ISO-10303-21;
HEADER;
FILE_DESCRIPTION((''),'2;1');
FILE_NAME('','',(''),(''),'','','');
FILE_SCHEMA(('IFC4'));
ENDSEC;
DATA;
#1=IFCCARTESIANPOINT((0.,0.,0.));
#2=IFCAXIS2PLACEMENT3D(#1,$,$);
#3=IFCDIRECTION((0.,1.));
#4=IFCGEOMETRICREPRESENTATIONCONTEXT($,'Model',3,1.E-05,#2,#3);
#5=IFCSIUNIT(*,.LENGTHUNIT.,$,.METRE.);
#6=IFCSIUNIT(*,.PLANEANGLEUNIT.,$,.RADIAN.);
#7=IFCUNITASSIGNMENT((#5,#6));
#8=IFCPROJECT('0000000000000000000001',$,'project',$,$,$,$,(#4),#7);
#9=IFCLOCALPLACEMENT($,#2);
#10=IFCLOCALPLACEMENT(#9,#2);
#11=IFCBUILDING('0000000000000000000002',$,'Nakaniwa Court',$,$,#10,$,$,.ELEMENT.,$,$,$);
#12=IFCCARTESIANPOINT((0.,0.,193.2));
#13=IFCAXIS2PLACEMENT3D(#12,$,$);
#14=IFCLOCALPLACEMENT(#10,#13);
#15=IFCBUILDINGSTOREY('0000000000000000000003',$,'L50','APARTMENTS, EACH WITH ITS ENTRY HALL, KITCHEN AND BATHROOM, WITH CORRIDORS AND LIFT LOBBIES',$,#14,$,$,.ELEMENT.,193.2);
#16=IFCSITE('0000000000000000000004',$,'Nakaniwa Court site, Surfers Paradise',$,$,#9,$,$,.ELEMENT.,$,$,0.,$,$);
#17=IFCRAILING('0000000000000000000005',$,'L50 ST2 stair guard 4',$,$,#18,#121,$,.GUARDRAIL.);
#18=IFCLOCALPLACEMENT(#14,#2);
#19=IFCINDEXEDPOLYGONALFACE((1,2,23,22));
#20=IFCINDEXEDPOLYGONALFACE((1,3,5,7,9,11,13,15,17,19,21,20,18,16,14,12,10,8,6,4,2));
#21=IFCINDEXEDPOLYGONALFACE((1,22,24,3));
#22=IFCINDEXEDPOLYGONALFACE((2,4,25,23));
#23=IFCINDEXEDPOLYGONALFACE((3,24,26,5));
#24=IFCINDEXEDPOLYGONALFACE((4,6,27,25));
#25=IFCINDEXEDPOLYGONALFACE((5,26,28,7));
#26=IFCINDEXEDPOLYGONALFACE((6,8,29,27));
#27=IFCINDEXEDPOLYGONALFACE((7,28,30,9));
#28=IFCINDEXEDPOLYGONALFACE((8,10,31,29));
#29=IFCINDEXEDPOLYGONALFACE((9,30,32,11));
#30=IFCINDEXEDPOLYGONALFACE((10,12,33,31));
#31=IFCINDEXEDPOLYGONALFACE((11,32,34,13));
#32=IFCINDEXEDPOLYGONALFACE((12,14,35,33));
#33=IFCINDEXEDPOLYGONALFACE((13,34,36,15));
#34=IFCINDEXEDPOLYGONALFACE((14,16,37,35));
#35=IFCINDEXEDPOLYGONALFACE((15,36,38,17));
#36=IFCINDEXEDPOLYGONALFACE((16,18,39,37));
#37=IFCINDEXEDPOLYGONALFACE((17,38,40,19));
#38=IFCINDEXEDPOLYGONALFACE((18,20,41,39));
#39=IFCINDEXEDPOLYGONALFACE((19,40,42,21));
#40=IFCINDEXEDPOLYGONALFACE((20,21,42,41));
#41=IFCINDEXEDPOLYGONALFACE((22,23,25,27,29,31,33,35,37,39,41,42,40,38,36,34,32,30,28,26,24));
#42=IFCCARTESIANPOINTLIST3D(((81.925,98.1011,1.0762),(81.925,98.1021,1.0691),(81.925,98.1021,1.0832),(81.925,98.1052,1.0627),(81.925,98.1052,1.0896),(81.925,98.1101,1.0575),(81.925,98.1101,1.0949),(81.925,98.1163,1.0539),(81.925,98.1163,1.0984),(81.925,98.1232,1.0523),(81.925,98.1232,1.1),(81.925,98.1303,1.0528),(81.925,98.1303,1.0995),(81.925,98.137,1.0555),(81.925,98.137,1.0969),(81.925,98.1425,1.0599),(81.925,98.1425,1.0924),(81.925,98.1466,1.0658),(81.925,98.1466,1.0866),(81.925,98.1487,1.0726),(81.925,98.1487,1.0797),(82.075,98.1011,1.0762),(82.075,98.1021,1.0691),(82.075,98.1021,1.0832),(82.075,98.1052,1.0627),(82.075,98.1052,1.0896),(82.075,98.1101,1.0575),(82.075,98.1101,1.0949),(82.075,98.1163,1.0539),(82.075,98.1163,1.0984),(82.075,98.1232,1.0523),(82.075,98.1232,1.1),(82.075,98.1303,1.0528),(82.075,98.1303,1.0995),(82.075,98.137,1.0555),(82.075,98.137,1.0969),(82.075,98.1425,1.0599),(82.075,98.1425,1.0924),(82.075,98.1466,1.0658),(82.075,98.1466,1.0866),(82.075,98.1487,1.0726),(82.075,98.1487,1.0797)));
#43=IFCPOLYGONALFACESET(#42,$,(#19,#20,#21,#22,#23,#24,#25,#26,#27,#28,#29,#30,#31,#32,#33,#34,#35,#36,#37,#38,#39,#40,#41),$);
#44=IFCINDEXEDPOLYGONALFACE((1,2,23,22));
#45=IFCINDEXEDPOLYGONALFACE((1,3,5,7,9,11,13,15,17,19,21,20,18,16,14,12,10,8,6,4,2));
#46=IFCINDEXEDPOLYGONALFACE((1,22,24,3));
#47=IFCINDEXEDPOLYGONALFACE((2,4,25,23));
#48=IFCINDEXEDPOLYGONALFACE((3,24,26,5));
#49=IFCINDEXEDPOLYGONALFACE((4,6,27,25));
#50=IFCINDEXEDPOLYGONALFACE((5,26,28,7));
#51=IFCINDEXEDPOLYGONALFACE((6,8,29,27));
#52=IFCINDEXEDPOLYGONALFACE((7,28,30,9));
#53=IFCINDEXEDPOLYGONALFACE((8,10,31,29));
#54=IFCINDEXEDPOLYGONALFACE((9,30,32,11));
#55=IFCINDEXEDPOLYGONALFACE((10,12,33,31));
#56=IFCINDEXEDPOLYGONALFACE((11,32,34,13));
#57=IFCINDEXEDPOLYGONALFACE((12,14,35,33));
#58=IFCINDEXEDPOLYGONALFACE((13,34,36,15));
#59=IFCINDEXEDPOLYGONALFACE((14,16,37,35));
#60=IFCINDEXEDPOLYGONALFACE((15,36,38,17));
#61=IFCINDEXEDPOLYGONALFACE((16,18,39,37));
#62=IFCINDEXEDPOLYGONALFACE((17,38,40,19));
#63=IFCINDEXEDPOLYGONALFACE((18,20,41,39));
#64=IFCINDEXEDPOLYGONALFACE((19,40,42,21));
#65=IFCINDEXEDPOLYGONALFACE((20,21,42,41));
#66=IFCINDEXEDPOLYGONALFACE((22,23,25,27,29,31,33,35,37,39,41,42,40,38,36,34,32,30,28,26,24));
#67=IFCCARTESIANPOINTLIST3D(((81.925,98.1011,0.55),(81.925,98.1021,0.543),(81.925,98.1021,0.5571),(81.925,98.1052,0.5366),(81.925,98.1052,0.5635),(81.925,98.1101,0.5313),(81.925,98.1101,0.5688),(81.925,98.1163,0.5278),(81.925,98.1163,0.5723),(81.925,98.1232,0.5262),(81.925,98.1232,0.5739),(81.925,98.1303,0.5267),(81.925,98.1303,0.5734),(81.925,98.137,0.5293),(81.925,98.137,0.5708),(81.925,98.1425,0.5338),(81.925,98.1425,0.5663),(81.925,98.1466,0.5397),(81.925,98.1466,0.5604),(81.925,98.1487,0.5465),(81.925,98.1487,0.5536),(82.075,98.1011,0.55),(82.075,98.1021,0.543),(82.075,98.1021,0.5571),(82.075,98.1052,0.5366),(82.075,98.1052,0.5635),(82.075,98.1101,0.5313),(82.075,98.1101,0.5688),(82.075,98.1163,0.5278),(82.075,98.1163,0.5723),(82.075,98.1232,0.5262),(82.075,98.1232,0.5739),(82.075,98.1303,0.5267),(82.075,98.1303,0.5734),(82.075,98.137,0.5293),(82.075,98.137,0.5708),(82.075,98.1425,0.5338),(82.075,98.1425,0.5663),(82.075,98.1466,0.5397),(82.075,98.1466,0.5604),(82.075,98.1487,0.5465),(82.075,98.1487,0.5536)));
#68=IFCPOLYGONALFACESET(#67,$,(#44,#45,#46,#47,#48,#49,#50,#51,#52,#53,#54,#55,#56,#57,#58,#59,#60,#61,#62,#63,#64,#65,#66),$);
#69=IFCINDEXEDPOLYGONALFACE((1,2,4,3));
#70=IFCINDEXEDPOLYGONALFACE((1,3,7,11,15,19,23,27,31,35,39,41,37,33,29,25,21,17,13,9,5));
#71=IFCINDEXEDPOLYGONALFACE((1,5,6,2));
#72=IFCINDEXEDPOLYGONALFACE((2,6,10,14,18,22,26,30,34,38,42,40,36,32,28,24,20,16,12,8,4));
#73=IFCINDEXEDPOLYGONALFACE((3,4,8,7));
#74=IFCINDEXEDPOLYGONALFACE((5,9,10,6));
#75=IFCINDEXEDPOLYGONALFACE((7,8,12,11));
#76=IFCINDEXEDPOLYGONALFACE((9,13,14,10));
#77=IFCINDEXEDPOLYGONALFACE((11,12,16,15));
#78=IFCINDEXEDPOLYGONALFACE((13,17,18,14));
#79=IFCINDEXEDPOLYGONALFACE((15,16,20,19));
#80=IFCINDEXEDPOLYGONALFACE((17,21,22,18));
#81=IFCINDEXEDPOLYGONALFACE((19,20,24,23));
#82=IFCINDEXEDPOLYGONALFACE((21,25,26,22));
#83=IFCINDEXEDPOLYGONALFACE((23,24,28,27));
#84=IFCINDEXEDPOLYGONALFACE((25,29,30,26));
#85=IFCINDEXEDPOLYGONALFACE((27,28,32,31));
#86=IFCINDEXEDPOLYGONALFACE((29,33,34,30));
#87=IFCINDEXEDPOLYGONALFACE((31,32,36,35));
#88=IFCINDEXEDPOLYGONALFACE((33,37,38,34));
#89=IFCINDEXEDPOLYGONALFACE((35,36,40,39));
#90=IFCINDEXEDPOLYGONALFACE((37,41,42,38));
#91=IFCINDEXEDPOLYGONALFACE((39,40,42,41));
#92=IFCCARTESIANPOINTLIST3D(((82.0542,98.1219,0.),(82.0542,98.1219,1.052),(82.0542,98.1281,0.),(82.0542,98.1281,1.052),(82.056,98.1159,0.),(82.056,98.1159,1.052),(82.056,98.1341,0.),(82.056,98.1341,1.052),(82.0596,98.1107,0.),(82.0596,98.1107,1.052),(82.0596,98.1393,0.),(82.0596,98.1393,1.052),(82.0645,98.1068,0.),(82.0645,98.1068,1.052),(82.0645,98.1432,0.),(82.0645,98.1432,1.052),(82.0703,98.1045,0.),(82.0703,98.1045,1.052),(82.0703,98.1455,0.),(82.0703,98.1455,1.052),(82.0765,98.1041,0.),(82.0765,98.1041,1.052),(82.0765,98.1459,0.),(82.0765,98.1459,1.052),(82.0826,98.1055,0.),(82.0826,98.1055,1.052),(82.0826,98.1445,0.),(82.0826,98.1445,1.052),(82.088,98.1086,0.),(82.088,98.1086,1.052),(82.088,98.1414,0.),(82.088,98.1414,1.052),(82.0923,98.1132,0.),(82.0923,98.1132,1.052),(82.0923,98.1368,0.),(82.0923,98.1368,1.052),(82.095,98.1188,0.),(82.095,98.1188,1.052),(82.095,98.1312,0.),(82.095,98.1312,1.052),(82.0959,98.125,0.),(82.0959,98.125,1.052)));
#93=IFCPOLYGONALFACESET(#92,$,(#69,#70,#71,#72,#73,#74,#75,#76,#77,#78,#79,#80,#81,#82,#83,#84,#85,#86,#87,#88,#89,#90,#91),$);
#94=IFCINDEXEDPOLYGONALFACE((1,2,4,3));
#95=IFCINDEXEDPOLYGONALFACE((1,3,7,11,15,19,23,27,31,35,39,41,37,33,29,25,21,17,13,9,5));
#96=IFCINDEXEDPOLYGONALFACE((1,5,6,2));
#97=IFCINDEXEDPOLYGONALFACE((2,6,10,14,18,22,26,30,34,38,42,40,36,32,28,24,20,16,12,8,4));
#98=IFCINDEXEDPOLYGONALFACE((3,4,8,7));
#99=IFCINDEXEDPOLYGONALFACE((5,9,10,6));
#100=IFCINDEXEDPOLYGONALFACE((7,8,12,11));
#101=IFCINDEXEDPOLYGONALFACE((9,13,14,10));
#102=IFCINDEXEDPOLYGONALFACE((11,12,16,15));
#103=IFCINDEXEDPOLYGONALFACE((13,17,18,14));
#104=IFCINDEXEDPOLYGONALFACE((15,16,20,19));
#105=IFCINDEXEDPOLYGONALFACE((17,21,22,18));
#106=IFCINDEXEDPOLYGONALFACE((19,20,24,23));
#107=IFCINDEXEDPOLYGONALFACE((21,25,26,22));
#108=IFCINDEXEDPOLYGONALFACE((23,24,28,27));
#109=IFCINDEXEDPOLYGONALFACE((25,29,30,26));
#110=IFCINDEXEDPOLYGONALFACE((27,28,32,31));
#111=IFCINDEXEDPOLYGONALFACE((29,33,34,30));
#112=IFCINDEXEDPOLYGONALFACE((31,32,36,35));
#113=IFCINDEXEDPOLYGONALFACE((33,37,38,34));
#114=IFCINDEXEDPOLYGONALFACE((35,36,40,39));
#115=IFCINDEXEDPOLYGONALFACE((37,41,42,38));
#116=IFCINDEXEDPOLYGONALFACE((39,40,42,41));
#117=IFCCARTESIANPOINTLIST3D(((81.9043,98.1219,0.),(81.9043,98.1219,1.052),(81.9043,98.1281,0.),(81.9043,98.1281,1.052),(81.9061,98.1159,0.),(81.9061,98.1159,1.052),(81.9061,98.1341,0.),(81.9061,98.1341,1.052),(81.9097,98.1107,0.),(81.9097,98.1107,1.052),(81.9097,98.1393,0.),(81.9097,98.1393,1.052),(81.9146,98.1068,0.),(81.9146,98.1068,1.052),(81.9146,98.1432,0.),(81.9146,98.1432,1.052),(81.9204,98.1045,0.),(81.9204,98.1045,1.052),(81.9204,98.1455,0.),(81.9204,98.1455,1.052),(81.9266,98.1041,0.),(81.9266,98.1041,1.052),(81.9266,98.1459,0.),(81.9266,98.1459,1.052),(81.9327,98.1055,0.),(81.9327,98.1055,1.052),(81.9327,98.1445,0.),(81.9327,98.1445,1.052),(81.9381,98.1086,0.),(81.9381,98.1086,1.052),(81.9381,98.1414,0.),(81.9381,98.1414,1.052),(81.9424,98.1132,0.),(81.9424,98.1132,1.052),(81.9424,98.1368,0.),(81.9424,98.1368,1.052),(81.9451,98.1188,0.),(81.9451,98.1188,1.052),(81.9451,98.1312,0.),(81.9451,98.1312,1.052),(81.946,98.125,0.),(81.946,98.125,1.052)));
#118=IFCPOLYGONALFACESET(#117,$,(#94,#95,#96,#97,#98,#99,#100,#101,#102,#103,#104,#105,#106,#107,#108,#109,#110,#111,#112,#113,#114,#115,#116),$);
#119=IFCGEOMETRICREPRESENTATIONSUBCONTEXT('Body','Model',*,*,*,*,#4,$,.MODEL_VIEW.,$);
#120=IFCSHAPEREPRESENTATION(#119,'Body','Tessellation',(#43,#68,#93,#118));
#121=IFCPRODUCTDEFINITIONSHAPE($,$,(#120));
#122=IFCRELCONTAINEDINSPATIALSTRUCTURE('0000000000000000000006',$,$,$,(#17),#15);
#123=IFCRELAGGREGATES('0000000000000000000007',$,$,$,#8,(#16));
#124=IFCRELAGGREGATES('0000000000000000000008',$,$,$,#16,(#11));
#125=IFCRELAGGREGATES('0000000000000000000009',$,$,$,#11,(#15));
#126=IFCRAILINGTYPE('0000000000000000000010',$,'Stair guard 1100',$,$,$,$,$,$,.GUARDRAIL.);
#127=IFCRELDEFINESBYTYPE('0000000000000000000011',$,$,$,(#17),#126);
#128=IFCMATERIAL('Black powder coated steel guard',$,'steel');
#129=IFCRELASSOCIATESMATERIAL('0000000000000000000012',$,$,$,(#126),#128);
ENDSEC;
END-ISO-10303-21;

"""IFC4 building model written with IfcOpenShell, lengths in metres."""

from ifc_helpers import new_model, si_unit, direction, frame, origin, origin_2d, place, context, subcontext, project, spatial, circle, extrude, material, type_object, element, save


model = new_model("IFC4")

# Units and contexts
model_context = context("Model", 3, precision=1e-05, world=origin(), true_north=direction((0.0, 1.0)))
body_context = subcontext(model_context, "Body", "Model", "MODEL_VIEW")
ifc_project = project(units=[si_unit("LENGTHUNIT", "METRE"), si_unit("PLANEANGLEUNIT", "RADIAN")], contexts=[model_context])

# Site, building, storey
site_placement = place(None, origin())
site = spatial("IfcSite", under=ifc_project, at=site_placement, Name="Nakaniwa Court site, Surfers Paradise", CompositionType="ELEMENT", RefElevation=0.0)
building_placement = place(site_placement, origin())
building = spatial("IfcBuilding", under=site, at=building_placement, Name="Nakaniwa Court", CompositionType="ELEMENT")
storey_placement = place(building_placement, frame((0.0, 0.0, 193.2)))
storey = spatial("IfcBuildingStorey", under=building, at=storey_placement, Name="L50", Description="APARTMENTS, EACH WITH ITS ENTRY HALL, KITCHEN AND BATHROOM, WITH CORRIDORS AND LIFT LOBBIES", CompositionType="ELEMENT", Elevation=193.2)

# Railing
ifc_material_1 = material(Name="Black powder coated steel guard", Category="steel")
railing_type_1 = type_object("IfcRailingType", Name="Stair guard 1100", PredefinedType="GUARDRAIL", material=ifc_material_1)
railing_1_placement = place(storey_placement, frame((82.075, 98.125, 0.0)))
element("IfcRailing", 1, at=railing_1_placement, inside=storey, type_object=railing_type_1, Name="L50 ST2 stair guard 4", PredefinedType="GUARDRAIL", context=body_context, shape_type="SweptSolid", body=[
    extrude(circle(Radius=0.0239, at=origin_2d()), frame((0.0, 0.0, 1.0762), z_axis=(-1.0, 0.0, 0.0), x_axis=(0.0, -1.0, 0.0)), (0.0, 0.0, 1.0), 0.1499),
    extrude(circle(Radius=0.0239, at=origin_2d()), frame((0.0, 0.0, 0.55), z_axis=(-1.0, 0.0, 0.0), x_axis=(0.0, -1.0, 0.0)), (0.0, 0.0, 1.0), 0.1499),
    extrude(circle(Radius=0.021, at=origin_2d()), origin(), (0.0, 0.0, 1.0), 1.052),
    extrude(circle(Radius=0.021, at=origin_2d()), frame((-0.1499, 0.0, 0.0)), (0.0, 0.0, 1.0), 1.052),
])

save(model, "model.ifc")
